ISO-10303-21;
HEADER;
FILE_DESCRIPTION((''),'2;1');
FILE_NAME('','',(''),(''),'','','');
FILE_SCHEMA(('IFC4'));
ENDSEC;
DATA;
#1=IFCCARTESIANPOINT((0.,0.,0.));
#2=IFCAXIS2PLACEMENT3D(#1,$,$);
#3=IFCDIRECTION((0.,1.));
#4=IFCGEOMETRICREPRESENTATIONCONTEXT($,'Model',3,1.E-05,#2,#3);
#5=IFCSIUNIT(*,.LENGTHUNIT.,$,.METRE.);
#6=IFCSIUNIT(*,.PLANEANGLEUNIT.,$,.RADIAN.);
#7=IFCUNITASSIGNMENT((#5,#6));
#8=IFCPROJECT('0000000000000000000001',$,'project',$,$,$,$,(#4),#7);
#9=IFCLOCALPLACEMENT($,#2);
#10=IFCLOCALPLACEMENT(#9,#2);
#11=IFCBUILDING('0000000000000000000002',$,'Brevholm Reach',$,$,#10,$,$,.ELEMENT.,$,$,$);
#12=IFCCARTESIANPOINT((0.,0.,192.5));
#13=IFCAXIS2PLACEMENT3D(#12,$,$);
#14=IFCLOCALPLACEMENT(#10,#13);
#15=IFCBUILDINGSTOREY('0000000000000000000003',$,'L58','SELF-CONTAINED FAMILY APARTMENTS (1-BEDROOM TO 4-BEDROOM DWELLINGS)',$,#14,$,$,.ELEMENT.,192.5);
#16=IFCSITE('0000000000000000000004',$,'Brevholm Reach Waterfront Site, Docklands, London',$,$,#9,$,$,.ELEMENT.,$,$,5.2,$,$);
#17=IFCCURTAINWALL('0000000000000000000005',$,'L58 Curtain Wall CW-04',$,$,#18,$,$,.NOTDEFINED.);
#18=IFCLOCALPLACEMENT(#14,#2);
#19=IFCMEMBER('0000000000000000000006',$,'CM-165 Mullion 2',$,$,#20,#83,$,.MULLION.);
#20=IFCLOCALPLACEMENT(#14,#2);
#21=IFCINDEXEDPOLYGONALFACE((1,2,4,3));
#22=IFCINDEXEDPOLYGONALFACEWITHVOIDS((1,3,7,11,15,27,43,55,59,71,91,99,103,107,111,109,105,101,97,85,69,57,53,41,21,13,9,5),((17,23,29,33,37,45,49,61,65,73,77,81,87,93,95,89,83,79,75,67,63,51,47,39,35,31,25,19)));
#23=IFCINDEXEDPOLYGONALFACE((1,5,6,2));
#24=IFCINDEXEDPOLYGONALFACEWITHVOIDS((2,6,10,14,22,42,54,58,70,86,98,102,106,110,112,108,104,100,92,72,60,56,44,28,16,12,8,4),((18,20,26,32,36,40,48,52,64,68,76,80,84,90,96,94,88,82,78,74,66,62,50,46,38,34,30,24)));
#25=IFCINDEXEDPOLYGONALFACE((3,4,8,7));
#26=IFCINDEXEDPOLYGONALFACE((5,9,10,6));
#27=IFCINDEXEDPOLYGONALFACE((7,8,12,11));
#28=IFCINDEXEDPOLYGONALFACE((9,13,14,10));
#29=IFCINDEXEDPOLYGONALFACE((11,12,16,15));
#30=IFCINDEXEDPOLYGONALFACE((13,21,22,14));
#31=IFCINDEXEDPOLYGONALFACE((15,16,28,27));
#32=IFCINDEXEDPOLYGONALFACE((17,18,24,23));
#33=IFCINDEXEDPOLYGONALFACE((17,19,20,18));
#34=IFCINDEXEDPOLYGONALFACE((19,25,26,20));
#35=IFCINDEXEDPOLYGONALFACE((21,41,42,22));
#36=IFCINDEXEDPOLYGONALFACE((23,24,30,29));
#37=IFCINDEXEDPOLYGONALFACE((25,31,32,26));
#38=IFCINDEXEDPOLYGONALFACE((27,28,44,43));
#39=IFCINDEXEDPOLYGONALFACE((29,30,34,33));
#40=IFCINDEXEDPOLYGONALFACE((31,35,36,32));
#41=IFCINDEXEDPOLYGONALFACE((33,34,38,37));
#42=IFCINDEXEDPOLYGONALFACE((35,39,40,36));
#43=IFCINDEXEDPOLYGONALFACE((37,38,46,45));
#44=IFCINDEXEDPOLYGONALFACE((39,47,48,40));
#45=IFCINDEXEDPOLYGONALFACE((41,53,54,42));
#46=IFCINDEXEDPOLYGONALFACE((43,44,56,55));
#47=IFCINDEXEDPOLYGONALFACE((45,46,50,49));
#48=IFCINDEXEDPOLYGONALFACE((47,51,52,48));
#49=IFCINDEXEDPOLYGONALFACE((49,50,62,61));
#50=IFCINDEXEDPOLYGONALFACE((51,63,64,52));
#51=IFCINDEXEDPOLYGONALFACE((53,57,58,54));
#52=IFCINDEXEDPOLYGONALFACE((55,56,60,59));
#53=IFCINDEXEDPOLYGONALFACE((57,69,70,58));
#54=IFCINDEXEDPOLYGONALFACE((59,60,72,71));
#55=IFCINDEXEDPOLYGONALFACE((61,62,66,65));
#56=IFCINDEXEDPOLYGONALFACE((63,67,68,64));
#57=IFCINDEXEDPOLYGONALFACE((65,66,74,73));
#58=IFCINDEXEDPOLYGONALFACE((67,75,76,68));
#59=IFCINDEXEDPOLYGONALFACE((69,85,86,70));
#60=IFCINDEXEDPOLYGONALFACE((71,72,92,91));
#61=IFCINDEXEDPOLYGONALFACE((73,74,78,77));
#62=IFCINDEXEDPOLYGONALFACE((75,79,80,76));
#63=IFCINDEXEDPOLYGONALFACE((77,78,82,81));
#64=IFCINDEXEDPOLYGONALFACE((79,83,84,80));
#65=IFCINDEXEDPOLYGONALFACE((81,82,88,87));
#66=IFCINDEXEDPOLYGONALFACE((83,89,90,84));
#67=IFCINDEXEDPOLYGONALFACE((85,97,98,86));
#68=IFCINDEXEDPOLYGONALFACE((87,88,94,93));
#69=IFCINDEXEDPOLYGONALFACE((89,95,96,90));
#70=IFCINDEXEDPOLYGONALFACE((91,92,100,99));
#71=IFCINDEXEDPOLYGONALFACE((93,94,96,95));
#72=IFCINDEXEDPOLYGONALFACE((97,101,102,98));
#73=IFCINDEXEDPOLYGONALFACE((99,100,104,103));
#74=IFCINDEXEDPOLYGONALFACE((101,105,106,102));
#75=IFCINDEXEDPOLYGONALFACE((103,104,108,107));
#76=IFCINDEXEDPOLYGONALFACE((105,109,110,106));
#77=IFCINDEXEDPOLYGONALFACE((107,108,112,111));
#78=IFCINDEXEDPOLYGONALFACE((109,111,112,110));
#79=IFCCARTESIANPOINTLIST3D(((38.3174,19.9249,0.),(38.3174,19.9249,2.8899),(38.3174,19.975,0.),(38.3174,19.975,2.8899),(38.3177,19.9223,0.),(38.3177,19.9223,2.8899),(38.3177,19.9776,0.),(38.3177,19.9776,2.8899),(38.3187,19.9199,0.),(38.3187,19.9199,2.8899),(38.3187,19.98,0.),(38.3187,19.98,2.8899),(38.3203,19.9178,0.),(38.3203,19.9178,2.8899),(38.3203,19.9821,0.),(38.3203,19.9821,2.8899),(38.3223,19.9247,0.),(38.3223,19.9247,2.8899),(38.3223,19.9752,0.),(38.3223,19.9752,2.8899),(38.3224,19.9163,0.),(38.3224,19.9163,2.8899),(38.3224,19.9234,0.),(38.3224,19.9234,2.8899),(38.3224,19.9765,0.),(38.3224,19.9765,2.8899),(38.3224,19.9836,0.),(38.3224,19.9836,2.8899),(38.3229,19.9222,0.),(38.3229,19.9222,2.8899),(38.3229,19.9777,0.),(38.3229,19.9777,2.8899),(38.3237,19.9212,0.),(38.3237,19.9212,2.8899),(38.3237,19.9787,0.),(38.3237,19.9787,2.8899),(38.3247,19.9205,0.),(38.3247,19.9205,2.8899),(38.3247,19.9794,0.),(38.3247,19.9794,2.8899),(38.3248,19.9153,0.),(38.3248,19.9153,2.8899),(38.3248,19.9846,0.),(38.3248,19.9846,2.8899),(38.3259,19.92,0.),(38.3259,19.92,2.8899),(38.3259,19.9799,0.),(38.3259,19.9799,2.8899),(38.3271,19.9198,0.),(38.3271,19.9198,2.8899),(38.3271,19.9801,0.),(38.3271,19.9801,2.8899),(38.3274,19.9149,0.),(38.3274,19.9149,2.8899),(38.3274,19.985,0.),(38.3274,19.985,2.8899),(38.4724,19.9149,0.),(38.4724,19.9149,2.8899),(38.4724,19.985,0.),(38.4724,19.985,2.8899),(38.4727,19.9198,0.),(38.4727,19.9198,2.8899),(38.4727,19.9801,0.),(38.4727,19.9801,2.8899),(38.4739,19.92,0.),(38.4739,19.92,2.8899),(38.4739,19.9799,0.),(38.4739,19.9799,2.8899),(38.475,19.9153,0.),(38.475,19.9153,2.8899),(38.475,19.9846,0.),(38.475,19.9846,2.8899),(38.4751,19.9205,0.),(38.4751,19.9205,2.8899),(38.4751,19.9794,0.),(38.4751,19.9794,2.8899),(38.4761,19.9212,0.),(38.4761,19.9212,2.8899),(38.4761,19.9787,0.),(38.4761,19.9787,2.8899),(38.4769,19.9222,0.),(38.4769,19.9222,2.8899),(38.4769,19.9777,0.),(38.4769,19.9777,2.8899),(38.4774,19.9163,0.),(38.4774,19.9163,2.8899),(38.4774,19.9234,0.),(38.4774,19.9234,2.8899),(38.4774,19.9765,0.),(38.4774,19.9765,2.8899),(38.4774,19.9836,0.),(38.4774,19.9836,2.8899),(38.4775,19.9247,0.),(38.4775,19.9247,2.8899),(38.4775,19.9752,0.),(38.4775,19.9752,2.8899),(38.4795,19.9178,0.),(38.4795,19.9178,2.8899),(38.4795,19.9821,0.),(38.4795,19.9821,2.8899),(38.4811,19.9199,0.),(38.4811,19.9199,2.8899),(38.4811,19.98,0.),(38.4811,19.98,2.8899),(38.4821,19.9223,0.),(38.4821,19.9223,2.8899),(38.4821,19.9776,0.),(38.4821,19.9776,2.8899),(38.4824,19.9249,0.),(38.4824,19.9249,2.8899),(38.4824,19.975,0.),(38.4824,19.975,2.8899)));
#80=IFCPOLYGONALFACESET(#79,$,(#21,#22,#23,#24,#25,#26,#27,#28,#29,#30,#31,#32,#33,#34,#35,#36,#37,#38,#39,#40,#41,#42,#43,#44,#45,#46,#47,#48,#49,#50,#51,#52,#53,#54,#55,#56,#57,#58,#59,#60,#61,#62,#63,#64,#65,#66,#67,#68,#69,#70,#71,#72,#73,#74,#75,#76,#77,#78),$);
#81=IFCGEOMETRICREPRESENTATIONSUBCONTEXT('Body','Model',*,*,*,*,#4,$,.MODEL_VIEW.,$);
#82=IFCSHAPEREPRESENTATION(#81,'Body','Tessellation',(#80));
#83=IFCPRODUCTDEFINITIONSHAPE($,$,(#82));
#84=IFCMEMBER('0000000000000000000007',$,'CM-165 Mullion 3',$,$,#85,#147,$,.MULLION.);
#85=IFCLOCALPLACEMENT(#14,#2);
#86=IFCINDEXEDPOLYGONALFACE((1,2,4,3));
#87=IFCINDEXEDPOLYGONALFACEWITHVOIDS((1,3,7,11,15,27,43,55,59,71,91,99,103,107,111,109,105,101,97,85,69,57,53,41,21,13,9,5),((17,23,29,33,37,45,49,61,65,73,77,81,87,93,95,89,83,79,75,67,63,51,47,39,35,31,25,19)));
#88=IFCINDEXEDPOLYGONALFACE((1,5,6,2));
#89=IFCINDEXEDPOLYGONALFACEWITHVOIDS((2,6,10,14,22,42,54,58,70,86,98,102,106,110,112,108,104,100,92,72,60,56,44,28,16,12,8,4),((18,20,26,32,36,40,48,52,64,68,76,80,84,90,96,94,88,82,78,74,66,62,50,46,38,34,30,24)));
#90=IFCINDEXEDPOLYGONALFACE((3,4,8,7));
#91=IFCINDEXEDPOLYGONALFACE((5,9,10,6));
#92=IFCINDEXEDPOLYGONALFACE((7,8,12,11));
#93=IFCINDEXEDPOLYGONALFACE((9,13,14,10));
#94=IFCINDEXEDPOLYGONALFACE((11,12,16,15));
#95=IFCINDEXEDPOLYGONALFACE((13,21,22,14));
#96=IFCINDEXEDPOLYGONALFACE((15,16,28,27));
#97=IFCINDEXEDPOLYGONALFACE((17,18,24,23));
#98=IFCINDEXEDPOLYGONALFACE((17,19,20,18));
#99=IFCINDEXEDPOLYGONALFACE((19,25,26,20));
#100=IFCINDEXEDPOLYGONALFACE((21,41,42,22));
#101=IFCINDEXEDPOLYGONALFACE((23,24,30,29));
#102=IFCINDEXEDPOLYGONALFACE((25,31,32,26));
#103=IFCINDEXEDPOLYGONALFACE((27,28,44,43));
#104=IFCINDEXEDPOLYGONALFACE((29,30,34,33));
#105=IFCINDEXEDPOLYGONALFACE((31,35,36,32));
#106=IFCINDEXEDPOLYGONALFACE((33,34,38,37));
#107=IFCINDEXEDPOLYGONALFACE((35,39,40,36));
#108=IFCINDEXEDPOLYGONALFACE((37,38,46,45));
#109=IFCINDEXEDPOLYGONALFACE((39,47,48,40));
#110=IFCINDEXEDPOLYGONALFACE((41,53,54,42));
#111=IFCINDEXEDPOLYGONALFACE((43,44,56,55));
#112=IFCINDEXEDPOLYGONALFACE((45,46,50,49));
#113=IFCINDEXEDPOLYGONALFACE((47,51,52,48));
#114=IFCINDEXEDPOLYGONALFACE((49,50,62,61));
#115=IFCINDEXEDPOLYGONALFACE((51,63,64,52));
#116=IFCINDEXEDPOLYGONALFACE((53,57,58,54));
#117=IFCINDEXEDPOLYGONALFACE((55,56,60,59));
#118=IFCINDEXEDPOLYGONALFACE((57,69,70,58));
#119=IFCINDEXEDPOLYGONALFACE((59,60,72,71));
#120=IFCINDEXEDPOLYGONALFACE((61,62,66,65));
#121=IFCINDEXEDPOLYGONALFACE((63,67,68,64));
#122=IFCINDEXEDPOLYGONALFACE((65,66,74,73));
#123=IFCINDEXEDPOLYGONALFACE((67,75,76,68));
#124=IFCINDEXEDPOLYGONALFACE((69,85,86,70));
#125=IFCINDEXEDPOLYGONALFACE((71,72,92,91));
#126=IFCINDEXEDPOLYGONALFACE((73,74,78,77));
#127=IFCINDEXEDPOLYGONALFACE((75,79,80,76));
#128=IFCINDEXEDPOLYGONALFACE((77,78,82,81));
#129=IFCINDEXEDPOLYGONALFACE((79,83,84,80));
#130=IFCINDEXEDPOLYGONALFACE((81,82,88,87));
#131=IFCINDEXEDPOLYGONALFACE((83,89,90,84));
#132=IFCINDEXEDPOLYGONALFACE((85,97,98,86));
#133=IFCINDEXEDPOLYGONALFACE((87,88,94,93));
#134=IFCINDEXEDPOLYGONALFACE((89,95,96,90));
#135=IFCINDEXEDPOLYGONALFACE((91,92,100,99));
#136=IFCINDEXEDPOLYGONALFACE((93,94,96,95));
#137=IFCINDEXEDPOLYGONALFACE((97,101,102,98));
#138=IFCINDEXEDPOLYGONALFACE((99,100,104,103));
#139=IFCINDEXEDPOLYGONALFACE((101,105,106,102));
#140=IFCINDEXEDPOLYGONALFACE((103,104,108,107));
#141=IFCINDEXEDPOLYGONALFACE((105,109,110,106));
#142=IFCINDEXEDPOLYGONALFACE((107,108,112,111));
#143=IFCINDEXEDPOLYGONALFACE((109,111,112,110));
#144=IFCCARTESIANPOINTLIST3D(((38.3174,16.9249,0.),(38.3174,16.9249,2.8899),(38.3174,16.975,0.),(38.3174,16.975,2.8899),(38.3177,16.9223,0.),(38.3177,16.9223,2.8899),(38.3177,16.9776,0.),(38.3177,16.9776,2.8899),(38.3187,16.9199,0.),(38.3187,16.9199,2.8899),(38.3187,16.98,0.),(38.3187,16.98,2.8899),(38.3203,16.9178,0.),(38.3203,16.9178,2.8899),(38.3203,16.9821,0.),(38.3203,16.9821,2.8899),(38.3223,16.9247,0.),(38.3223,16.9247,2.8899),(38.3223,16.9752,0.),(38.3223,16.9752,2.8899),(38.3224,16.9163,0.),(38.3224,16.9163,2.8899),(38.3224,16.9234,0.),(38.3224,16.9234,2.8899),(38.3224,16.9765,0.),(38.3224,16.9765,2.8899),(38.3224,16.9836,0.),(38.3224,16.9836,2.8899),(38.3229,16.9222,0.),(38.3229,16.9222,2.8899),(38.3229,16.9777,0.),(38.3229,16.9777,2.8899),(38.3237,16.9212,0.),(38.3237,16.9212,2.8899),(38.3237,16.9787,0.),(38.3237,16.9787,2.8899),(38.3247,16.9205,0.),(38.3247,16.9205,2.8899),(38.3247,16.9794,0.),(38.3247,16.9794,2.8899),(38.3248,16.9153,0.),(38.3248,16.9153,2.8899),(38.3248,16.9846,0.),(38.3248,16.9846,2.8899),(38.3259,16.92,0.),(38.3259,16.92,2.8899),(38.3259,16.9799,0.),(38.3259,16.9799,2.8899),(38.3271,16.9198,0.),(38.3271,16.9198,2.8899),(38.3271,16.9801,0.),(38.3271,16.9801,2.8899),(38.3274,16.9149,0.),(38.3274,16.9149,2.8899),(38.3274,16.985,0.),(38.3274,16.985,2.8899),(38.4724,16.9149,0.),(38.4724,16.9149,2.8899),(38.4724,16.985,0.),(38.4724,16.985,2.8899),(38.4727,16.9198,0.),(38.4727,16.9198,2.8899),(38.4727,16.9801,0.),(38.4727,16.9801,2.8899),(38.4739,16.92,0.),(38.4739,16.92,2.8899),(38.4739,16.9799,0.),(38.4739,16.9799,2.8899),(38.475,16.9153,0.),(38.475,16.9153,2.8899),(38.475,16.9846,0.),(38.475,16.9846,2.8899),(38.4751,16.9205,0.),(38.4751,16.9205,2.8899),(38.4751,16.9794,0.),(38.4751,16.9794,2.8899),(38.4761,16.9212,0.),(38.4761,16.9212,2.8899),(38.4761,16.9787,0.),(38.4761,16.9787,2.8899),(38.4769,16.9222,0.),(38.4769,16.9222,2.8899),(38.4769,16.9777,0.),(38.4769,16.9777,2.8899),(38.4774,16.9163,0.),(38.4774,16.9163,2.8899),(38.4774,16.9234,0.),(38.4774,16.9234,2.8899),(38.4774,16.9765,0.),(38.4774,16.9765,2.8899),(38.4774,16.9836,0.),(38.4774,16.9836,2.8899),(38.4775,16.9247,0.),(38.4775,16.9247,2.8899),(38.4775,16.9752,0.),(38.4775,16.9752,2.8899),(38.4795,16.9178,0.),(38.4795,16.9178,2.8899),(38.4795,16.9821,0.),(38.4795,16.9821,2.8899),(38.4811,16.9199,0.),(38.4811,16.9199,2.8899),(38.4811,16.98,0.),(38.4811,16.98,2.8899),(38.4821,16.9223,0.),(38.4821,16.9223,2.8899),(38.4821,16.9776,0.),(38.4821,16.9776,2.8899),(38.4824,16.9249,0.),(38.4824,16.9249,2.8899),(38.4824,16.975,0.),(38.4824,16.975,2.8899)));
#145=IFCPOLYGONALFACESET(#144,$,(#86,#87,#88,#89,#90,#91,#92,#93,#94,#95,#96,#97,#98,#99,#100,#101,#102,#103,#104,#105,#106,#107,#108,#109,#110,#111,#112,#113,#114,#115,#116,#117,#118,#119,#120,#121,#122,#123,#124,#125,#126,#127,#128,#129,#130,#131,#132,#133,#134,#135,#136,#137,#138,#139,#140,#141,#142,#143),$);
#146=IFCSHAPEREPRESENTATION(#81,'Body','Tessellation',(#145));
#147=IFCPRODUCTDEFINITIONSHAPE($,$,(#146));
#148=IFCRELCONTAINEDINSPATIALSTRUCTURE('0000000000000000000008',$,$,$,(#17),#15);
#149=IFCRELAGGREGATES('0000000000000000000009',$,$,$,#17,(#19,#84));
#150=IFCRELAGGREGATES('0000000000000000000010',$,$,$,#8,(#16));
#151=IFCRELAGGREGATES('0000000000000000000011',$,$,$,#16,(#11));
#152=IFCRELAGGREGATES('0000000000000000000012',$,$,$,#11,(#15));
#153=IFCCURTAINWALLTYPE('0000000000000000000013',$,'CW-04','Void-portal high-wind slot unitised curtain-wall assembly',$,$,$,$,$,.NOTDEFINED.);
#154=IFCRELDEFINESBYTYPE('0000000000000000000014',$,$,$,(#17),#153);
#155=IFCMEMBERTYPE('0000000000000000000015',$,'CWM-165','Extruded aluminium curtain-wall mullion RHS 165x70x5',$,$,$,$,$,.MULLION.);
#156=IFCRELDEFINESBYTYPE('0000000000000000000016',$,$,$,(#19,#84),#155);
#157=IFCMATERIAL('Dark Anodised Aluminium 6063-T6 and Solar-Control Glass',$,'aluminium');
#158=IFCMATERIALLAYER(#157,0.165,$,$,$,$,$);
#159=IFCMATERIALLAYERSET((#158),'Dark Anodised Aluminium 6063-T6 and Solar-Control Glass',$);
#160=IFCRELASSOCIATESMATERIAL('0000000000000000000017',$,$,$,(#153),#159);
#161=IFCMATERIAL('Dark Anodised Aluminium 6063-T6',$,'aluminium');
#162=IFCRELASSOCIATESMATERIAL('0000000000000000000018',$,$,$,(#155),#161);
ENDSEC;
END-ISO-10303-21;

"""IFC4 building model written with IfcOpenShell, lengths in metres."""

from ifc_helpers import new_model, si_unit, direction, frame, origin, origin_2d, place, context, subcontext, project, spatial, hollow_rectangle, extrude, material, layer, layer_set, material_profile, profile_set, type_object, element, aggregate, save


model = new_model("IFC4")

# Units and contexts
model_context = context("Model", 3, precision=1e-05, world=origin(), true_north=direction((0.0, 1.0)))
body_context = subcontext(model_context, "Body", "Model", "MODEL_VIEW")
ifc_project = project(units=[si_unit("LENGTHUNIT", "METRE"), si_unit("PLANEANGLEUNIT", "RADIAN")], contexts=[model_context])

# Site, building, storey
site_placement = place(None, origin())
site = spatial("IfcSite", under=ifc_project, at=site_placement, Name="Brevholm Reach Waterfront Site, Docklands, London", CompositionType="ELEMENT", RefElevation=5.2)
building_placement = place(site_placement, origin())
building = spatial("IfcBuilding", under=site, at=building_placement, Name="Brevholm Reach", CompositionType="ELEMENT")
storey_placement = place(building_placement, frame((0.0, 0.0, 192.5)))
storey = spatial("IfcBuildingStorey", under=building, at=storey_placement, Name="L58", Description="SELF-CONTAINED FAMILY APARTMENTS (1-BEDROOM TO 4-BEDROOM DWELLINGS)", CompositionType="ELEMENT", Elevation=192.5)

# Curtain wall, members
ifc_material_1 = material(Name="Dark Anodised Aluminium 6063-T6 and Solar-Control Glass", Category="aluminium")
ifc_layer_1 = layer(ifc_material_1, 0.165)
ifc_layer_set_1 = layer_set([ifc_layer_1], Name="Dark Anodised Aluminium 6063-T6 and Solar-Control Glass")
curtain_wall_type = type_object("IfcCurtainWallType", Name="CW-04", Description="Void-portal high-wind slot unitised curtain-wall assembly", PredefinedType="NOTDEFINED", material=ifc_layer_set_1)
curtain_wall_placement = place(storey_placement, origin())
curtain_wall = element("IfcCurtainWall", 1, at=curtain_wall_placement, inside=storey, type_object=curtain_wall_type, Name="L58 Curtain Wall CW-04", PredefinedType="NOTDEFINED")
ifc_material_2 = material(Name="Dark Anodised Aluminium 6063-T6", Category="aluminium")
ifc_material_profile_1 = material_profile(ifc_material_2, hollow_rectangle(XDim=0.0701, YDim=0.165, WallThickness=0.0049, InnerFilletRadius=0.0049, OuterFilletRadius=0.01, at=origin_2d()), Name="RHS 165x70x5")
ifc_profile_set_1 = profile_set([ifc_material_profile_1], Name="Dark Anodised Aluminium 6063-T6")
member_type_1 = type_object("IfcMemberType", Name="CWM-165", Description="Extruded aluminium curtain-wall mullion RHS 165x70x5", PredefinedType="MULLION", material=ifc_profile_set_1)
member_1_placement = place(storey_placement, frame((38.3999, 19.95, 0.0), z_axis=(0.0, 0.0, 1.0), x_axis=(0.0, -1.0, 0.0)))
member_1 = element("IfcMember", 2, at=member_1_placement, type_object=member_type_1, Name="CM-165 Mullion 2", PredefinedType="MULLION", context=body_context, shape_type="SweptSolid", body=[
    extrude(hollow_rectangle(XDim=0.0701, YDim=0.165, WallThickness=0.0049, InnerFilletRadius=0.0049, OuterFilletRadius=0.01, at=origin_2d()), origin(), (0.0, 0.0, 1.0), 2.8899),
])
member_2_placement = place(storey_placement, frame((38.3999, 16.95, 0.0), z_axis=(0.0, 0.0, 1.0), x_axis=(0.0, -1.0, 0.0)))
member_2 = element("IfcMember", 3, at=member_2_placement, type_object=member_type_1, Name="CM-165 Mullion 3", PredefinedType="MULLION", context=body_context, shape_type="SweptSolid", body=[
    extrude(hollow_rectangle(XDim=0.0701, YDim=0.165, WallThickness=0.0049, InnerFilletRadius=0.0049, OuterFilletRadius=0.01, at=origin_2d()), origin(), (0.0, 0.0, 1.0), 2.8899),
])
aggregate(curtain_wall, [member_1, member_2])

save(model, "model.ifc")
